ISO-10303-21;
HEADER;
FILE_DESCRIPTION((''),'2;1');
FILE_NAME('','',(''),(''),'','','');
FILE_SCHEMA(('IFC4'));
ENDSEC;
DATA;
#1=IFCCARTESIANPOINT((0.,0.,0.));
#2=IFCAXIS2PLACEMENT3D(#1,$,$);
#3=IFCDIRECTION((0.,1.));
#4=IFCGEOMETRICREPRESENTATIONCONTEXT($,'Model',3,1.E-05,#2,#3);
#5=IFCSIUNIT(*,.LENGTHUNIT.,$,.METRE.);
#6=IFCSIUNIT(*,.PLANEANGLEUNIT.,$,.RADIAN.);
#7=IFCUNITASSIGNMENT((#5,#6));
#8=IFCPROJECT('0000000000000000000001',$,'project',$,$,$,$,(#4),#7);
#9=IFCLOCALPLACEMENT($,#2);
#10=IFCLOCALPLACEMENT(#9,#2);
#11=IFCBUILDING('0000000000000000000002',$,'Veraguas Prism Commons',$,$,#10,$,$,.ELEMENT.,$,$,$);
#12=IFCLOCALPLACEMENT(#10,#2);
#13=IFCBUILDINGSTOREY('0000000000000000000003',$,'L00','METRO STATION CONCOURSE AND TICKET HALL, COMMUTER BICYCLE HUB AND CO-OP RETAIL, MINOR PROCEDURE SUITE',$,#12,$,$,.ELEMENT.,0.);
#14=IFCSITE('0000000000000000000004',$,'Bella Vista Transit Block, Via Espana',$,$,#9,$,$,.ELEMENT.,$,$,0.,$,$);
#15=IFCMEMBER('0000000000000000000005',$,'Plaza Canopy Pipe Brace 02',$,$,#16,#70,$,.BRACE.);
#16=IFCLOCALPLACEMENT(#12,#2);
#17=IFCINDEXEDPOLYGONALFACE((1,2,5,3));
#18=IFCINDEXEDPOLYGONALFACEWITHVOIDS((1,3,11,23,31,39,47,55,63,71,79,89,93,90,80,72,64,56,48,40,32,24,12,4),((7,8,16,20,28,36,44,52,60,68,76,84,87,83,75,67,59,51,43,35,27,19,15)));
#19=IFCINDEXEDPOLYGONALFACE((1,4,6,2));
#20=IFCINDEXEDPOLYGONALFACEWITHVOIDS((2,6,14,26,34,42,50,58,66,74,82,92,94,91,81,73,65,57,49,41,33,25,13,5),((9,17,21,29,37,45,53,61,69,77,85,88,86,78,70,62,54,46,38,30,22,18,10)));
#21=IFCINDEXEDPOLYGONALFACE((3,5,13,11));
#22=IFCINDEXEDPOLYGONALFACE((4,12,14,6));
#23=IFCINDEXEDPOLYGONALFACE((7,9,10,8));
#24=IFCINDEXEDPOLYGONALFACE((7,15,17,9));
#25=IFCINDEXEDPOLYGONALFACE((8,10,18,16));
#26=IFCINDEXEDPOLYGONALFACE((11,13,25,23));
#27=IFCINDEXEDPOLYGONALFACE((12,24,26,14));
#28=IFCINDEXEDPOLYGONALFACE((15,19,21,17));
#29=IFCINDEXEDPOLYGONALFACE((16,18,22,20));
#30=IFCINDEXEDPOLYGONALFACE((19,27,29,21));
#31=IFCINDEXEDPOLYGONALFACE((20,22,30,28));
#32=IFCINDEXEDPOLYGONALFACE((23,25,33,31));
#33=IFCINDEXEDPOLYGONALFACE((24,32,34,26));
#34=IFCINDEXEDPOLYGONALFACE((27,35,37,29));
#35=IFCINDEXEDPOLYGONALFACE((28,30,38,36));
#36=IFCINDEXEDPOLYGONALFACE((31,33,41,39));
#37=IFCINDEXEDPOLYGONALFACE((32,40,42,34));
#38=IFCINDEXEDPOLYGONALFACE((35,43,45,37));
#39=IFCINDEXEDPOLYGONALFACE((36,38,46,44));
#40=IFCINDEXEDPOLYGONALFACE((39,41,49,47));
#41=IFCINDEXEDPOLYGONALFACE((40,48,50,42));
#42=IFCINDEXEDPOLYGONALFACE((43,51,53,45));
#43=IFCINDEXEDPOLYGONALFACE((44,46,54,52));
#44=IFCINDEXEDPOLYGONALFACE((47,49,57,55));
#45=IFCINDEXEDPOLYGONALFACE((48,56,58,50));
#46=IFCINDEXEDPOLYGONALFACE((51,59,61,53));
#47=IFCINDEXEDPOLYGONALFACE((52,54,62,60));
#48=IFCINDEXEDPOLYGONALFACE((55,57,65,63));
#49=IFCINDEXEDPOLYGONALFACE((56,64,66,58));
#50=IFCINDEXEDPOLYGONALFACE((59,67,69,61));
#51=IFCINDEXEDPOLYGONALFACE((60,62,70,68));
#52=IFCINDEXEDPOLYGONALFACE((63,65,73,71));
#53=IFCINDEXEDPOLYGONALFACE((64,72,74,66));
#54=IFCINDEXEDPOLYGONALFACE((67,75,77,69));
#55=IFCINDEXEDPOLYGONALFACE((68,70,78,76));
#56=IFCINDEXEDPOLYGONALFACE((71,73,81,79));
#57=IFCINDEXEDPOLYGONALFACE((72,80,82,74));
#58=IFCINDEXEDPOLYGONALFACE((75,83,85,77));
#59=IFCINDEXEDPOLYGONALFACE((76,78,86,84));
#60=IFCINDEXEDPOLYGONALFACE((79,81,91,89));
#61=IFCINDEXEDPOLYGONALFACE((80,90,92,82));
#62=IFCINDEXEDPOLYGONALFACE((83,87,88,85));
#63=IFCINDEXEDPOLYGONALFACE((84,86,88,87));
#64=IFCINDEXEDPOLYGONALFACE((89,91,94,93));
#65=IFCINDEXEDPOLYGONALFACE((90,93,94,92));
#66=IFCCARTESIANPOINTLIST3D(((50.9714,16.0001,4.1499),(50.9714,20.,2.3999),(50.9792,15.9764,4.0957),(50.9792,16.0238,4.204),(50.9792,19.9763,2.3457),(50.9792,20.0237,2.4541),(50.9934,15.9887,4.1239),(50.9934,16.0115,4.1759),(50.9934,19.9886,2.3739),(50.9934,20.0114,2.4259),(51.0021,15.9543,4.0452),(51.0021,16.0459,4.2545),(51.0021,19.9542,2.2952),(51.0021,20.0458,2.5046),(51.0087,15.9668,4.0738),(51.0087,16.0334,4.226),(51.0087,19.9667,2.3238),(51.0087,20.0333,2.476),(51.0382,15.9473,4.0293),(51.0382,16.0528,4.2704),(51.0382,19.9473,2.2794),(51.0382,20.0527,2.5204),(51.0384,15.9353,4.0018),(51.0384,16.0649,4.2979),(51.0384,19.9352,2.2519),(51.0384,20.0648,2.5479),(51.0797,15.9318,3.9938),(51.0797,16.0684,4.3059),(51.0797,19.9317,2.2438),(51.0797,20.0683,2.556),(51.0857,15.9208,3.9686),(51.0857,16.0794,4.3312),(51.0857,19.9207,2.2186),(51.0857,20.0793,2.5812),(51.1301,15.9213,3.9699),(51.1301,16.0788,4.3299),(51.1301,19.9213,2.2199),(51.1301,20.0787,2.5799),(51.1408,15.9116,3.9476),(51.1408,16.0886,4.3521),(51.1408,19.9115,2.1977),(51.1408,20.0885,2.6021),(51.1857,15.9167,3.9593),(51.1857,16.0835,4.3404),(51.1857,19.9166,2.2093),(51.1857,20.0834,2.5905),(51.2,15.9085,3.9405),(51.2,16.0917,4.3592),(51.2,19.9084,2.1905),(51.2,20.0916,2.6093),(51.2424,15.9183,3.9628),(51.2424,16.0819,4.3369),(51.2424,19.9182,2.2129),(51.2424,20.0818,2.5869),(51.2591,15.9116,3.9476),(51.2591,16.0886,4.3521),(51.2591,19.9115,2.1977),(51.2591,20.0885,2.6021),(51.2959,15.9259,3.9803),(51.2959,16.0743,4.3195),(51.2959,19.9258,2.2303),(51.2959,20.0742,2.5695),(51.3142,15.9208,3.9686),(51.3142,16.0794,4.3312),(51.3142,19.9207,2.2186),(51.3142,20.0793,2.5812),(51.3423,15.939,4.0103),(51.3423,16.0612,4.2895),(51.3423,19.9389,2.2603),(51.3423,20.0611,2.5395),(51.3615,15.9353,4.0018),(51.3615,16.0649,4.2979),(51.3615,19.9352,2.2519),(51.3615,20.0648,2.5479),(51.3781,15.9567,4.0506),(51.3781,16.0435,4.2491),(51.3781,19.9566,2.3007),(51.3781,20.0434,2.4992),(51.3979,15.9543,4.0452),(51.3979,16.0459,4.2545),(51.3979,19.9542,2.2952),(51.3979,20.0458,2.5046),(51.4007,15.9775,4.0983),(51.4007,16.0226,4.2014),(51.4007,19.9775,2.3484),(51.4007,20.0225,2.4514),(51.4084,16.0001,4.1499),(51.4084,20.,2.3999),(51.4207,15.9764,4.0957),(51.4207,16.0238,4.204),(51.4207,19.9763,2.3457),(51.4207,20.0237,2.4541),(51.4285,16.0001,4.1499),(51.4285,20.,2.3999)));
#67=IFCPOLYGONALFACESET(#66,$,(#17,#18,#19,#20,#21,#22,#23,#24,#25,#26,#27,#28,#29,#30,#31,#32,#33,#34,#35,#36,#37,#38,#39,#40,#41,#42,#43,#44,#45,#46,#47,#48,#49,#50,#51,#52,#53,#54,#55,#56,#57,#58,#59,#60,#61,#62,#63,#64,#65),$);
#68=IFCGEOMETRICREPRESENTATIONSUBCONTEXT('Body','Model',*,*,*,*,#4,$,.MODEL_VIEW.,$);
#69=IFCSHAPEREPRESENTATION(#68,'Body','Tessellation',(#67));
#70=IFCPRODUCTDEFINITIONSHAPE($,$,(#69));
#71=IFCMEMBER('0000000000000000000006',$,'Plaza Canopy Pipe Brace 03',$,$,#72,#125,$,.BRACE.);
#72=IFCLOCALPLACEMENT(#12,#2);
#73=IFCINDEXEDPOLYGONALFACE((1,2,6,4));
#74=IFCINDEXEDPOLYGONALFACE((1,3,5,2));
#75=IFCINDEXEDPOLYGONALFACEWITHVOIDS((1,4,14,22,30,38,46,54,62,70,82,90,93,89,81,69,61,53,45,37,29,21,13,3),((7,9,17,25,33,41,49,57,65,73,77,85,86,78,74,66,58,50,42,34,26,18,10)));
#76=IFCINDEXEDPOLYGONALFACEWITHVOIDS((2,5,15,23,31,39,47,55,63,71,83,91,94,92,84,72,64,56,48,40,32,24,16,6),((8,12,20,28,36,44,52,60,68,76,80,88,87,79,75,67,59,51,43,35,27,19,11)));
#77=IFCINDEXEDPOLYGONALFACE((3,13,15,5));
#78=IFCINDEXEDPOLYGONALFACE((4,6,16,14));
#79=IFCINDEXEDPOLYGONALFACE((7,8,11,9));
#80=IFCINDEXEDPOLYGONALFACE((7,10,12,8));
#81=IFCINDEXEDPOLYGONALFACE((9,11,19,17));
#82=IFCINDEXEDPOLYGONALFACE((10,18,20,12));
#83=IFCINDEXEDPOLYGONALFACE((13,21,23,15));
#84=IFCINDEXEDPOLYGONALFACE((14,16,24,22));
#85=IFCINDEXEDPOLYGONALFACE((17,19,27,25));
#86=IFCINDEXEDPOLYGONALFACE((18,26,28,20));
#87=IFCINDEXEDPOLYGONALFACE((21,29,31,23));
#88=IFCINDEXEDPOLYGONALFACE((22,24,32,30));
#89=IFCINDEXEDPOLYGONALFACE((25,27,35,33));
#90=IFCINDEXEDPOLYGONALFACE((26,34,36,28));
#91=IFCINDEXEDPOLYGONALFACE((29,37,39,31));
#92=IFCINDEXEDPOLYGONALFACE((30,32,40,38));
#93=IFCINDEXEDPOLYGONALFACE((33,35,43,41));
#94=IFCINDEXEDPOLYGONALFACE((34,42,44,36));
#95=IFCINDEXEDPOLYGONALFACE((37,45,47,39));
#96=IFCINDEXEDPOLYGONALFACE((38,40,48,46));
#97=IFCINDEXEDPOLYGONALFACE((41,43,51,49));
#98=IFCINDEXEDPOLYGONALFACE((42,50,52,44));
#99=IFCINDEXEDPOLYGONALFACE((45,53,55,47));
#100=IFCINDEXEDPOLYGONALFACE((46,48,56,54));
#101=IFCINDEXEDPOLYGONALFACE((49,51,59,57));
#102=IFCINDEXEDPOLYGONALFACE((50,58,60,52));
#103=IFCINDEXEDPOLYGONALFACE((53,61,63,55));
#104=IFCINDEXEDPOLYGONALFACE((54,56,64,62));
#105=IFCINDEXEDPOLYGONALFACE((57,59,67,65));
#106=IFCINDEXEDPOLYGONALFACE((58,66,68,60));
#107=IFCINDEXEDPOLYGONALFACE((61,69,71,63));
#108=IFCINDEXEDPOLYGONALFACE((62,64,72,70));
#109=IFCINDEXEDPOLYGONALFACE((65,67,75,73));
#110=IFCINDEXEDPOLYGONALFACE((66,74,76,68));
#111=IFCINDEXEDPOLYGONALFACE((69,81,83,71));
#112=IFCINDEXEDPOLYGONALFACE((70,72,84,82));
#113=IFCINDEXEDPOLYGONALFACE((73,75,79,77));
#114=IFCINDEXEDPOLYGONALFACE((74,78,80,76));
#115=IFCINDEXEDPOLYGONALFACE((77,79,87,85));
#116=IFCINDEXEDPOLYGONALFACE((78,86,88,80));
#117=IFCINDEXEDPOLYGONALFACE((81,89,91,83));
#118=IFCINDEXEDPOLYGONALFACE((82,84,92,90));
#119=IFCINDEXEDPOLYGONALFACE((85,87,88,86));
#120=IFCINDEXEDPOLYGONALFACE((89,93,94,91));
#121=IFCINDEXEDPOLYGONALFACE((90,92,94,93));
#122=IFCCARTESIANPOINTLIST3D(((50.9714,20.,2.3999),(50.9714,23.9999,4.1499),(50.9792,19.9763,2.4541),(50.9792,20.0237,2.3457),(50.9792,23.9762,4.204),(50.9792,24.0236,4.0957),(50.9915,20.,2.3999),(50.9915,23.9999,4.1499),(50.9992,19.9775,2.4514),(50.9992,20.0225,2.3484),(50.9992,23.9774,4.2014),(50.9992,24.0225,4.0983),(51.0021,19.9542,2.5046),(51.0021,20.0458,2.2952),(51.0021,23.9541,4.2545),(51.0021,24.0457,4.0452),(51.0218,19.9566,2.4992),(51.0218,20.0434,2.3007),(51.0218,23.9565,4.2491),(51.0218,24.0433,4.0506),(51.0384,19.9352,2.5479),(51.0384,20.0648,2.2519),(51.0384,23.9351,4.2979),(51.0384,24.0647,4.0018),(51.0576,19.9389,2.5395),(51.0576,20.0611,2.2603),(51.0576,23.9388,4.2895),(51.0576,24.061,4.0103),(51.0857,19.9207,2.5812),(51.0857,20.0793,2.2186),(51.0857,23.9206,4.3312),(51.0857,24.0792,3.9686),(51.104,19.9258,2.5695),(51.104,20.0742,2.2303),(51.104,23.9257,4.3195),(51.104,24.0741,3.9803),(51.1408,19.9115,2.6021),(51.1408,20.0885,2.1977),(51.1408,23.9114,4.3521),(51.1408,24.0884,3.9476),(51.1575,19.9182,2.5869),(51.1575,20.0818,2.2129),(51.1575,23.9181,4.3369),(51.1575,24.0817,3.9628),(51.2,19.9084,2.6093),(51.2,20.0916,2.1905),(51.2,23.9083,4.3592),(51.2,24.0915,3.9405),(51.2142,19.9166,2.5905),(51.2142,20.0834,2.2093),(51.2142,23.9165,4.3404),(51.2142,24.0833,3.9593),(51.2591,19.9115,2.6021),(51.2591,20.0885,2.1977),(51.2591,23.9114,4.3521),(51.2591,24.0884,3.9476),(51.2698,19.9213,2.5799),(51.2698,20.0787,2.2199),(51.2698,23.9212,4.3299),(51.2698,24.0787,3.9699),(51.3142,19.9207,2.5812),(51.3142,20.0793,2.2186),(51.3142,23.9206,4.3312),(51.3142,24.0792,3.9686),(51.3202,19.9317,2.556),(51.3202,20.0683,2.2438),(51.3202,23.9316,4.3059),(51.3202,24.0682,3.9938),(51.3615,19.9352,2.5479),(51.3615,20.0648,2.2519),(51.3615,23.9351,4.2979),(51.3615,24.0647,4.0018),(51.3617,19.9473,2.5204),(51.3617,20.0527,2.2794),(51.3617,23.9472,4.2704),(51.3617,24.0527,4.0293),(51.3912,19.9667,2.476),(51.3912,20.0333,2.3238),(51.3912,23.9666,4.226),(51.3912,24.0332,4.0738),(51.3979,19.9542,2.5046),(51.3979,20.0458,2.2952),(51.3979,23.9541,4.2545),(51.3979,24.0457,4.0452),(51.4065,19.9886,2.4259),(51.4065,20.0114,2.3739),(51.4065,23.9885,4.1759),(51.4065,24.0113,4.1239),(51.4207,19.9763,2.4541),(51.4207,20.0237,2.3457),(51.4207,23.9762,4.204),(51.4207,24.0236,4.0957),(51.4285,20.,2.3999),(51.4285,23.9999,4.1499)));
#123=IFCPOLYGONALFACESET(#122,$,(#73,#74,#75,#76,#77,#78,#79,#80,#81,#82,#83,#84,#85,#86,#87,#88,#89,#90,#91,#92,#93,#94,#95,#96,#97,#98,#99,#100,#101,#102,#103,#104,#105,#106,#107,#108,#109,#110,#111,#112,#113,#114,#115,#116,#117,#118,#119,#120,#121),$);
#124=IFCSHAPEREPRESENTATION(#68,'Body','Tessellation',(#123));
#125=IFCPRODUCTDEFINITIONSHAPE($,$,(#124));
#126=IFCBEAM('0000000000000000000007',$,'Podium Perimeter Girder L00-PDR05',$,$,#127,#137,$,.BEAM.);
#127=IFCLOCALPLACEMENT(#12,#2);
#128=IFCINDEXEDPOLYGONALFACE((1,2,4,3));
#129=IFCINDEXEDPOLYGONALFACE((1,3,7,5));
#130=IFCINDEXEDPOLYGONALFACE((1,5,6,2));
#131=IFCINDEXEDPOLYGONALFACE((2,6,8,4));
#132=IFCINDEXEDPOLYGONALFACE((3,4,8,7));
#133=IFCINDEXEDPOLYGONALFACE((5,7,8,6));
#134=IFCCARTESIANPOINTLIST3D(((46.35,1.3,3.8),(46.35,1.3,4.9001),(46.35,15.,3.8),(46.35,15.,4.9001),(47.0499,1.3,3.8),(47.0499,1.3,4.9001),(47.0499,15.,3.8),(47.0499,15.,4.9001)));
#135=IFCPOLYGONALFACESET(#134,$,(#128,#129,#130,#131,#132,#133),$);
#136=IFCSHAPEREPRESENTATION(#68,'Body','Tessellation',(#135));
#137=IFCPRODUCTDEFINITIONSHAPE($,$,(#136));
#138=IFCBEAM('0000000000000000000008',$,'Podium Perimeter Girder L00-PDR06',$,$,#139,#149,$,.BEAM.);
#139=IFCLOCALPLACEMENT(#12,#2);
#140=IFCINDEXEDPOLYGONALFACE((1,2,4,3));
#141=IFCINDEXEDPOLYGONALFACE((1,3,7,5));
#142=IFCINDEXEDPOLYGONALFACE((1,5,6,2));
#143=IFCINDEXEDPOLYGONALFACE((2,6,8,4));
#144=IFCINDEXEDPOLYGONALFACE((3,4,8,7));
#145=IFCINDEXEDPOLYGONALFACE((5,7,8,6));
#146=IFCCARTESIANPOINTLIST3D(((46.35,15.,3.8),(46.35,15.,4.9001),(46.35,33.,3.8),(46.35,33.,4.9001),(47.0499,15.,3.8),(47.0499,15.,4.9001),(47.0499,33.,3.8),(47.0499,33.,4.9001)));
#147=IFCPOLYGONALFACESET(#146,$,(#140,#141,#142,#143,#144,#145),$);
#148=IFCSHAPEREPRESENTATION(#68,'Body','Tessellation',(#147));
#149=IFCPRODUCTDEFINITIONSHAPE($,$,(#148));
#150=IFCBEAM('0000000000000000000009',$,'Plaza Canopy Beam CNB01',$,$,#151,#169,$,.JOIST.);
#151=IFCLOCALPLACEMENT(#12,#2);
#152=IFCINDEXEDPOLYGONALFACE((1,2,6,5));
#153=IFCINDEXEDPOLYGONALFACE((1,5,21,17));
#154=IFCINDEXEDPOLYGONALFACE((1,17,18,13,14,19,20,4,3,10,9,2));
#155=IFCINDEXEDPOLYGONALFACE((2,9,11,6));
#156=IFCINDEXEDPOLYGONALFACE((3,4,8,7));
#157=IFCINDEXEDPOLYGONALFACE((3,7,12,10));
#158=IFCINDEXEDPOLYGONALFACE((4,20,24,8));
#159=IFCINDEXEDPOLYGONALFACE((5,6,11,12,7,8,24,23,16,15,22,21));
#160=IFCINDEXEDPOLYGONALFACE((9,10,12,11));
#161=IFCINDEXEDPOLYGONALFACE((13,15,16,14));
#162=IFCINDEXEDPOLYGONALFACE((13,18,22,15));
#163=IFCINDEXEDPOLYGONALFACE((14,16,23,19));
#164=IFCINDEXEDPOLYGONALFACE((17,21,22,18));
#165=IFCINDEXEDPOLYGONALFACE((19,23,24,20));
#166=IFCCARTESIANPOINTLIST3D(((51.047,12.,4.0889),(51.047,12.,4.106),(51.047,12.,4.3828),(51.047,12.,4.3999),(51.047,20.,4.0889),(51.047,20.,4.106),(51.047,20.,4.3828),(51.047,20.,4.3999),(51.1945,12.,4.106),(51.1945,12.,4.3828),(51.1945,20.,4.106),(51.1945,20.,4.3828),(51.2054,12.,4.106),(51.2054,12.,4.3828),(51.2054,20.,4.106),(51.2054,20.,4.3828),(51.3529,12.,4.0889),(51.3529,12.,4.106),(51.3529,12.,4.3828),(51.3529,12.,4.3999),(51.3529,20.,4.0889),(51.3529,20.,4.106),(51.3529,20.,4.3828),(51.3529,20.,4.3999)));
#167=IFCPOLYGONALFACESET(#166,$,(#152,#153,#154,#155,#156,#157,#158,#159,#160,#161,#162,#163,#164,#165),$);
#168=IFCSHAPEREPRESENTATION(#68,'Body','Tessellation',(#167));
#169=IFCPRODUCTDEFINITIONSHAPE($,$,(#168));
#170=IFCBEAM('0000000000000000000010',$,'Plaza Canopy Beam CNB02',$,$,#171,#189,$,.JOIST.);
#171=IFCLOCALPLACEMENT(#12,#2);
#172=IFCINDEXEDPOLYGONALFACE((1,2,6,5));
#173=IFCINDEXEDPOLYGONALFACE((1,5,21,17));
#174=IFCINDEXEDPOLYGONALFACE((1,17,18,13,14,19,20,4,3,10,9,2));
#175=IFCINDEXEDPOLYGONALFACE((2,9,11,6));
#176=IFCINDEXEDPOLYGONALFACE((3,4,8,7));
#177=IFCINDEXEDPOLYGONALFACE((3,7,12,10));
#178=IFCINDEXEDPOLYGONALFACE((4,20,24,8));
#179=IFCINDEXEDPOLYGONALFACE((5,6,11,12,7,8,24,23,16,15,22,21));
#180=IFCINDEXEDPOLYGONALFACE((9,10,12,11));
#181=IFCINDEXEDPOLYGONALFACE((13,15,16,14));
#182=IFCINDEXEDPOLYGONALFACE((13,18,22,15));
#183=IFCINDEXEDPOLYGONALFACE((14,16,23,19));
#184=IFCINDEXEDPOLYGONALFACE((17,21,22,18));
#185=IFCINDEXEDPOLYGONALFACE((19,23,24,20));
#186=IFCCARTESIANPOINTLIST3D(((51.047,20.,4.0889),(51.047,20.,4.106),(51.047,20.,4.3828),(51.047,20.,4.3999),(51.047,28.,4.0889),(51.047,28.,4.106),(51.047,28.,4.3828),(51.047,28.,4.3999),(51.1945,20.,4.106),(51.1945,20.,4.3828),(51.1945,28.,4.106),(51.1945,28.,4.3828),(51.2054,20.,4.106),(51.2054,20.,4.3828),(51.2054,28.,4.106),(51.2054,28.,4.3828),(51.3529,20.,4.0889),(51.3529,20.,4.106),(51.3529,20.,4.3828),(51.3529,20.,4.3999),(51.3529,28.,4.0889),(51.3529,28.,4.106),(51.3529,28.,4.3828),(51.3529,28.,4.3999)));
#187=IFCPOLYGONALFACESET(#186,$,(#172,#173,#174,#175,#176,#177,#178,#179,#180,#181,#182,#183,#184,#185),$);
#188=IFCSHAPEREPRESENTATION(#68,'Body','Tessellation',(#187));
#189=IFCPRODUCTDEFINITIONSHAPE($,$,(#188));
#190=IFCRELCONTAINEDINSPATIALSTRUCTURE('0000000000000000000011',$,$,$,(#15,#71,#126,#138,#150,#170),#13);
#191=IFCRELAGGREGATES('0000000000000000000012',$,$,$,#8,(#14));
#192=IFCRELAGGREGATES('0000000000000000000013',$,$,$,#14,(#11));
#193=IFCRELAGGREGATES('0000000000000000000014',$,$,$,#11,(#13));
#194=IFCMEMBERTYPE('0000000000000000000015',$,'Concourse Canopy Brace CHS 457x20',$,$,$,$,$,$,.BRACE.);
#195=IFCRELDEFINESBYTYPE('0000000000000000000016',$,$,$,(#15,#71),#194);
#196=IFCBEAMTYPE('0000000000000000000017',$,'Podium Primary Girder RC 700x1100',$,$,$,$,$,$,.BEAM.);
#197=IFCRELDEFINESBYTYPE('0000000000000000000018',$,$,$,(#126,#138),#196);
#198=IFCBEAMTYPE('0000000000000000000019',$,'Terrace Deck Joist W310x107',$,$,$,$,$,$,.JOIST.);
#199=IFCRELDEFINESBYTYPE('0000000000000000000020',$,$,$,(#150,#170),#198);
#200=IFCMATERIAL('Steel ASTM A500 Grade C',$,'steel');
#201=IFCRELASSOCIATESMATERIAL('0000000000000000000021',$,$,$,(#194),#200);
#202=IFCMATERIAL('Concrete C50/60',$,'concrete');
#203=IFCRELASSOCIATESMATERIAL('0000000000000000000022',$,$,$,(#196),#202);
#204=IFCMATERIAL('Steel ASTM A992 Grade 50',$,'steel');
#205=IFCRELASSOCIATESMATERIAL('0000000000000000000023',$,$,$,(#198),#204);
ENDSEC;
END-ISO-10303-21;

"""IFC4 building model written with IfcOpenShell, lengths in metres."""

from ifc_helpers import new_model, si_unit, direction, frame, origin, origin_2d, place, context, subcontext, project, spatial, rectangle, hollow_circle, i_section, extrude, material, material_profile, profile_set, type_object, element, save


model = new_model("IFC4")

# Units and contexts
model_context = context("Model", 3, precision=1e-05, world=origin(), true_north=direction((0.0, 1.0)))
body_context = subcontext(model_context, "Body", "Model", "MODEL_VIEW")
ifc_project = project(units=[si_unit("LENGTHUNIT", "METRE"), si_unit("PLANEANGLEUNIT", "RADIAN")], contexts=[model_context])

# Site, building, storey
site_placement = place(None, origin())
site = spatial("IfcSite", under=ifc_project, at=site_placement, Name="Bella Vista Transit Block, Via Espana", CompositionType="ELEMENT", RefElevation=0.0)
building_placement = place(site_placement, origin())
building = spatial("IfcBuilding", under=site, at=building_placement, Name="Veraguas Prism Commons", CompositionType="ELEMENT")
storey_placement = place(building_placement, origin())
storey = spatial("IfcBuildingStorey", under=building, at=storey_placement, Name="L00", Description="METRO STATION CONCOURSE AND TICKET HALL, COMMUTER BICYCLE HUB AND CO-OP RETAIL, MINOR PROCEDURE SUITE", CompositionType="ELEMENT", Elevation=0.0)

# Shared definitions
ifc_material_1 = material(Name="Steel ASTM A992 Grade 50", Category="steel")

# Members
ifc_material_2 = material(Name="Steel ASTM A500 Grade C", Category="steel")
ifc_material_profile_1 = material_profile(ifc_material_2, hollow_circle(Radius=0.2285, WallThickness=0.02, at=origin_2d()), Name="CHS457X20")
ifc_profile_set_1 = profile_set([ifc_material_profile_1], Name="Steel ASTM A500 Grade C")
member_type = type_object("IfcMemberType", Name="Concourse Canopy Brace CHS 457x20", PredefinedType="BRACE", material=ifc_profile_set_1)
for number, where, z_axis, x_axis, name in (
    (1, (51.2, 20.0, 2.3999), (0.0, -0.916157, 0.400819), (1.0, 0.0, 0.0), "Plaza Canopy Pipe Brace 02"),
    (2, (51.2, 20.0, 2.3999), (0.0, 0.916157, 0.400819), (-1.0, 0.0, 0.0), "Plaza Canopy Pipe Brace 03"),
):
    element("IfcMember", number, at=place(storey_placement, frame(where, z_axis=z_axis, x_axis=x_axis)), inside=storey, type_object=member_type, Name=name, PredefinedType="BRACE", context=body_context, shape_type="SweptSolid", body=[
        extrude(hollow_circle(Radius=0.2285, WallThickness=0.02, at=origin_2d()), origin(), (0.0, 0.0, 1.0), 4.366),
    ])

# Beams
ifc_material_3 = material(Name="Concrete C50/60", Category="concrete")
ifc_material_profile_2 = material_profile(ifc_material_3, rectangle(XDim=0.7, YDim=1.1001, at=origin_2d()), Name="RC700X1100")
ifc_profile_set_2 = profile_set([ifc_material_profile_2], Name="Concrete C50/60")
beam_type_1 = type_object("IfcBeamType", Name="Podium Primary Girder RC 700x1100", PredefinedType="BEAM", material=ifc_profile_set_2)
beam_1_placement = place(storey_placement, frame((46.7, 1.3, 4.3501), z_axis=(0.0, 1.0, 0.0), x_axis=(-1.0, 0.0, 0.0)))
element("IfcBeam", 3, at=beam_1_placement, inside=storey, type_object=beam_type_1, Name="Podium Perimeter Girder L00-PDR05", PredefinedType="BEAM", context=body_context, shape_type="SweptSolid", body=[
    extrude(rectangle(XDim=0.7, YDim=1.1001, at=origin_2d()), origin(), (0.0, 0.0, 1.0), 13.7),
])
beam_2_placement = place(storey_placement, frame((46.7, 15.0, 4.3501), z_axis=(0.0, 1.0, 0.0), x_axis=(-1.0, 0.0, 0.0)))
element("IfcBeam", 4, at=beam_2_placement, inside=storey, type_object=beam_type_1, Name="Podium Perimeter Girder L00-PDR06", PredefinedType="BEAM", context=body_context, shape_type="SweptSolid", body=[
    extrude(rectangle(XDim=0.7, YDim=1.1001, at=origin_2d()), origin(), (0.0, 0.0, 1.0), 18.0),
])
ifc_material_profile_3 = material_profile(ifc_material_1, i_section(OverallWidth=0.3059, OverallDepth=0.311, WebThickness=0.011, FlangeThickness=0.0171, at=origin_2d()), Name="W310X107")
ifc_profile_set_3 = profile_set([ifc_material_profile_3], Name="Steel ASTM A992 Grade 50")
beam_type_2 = type_object("IfcBeamType", Name="Terrace Deck Joist W310x107", PredefinedType="JOIST", material=ifc_profile_set_3)
for number, where, z_axis, x_axis, name in (
    (5, (51.2, 12.0, 4.2444), (0.0, 1.0, 0.0), (-1.0, 0.0, 0.0), "Plaza Canopy Beam CNB01"),
    (6, (51.2, 20.0, 4.2444), (0.0, 1.0, 0.0), (-1.0, 0.0, 0.0), "Plaza Canopy Beam CNB02"),
):
    element("IfcBeam", number, at=place(storey_placement, frame(where, z_axis=z_axis, x_axis=x_axis)), inside=storey, type_object=beam_type_2, Name=name, PredefinedType="JOIST", context=body_context, shape_type="SweptSolid", body=[
        extrude(i_section(OverallWidth=0.3059, OverallDepth=0.311, WebThickness=0.011, FlangeThickness=0.0171, at=origin_2d()), origin(), (0.0, 0.0, 1.0), 8.0),
    ])

save(model, "model.ifc")
